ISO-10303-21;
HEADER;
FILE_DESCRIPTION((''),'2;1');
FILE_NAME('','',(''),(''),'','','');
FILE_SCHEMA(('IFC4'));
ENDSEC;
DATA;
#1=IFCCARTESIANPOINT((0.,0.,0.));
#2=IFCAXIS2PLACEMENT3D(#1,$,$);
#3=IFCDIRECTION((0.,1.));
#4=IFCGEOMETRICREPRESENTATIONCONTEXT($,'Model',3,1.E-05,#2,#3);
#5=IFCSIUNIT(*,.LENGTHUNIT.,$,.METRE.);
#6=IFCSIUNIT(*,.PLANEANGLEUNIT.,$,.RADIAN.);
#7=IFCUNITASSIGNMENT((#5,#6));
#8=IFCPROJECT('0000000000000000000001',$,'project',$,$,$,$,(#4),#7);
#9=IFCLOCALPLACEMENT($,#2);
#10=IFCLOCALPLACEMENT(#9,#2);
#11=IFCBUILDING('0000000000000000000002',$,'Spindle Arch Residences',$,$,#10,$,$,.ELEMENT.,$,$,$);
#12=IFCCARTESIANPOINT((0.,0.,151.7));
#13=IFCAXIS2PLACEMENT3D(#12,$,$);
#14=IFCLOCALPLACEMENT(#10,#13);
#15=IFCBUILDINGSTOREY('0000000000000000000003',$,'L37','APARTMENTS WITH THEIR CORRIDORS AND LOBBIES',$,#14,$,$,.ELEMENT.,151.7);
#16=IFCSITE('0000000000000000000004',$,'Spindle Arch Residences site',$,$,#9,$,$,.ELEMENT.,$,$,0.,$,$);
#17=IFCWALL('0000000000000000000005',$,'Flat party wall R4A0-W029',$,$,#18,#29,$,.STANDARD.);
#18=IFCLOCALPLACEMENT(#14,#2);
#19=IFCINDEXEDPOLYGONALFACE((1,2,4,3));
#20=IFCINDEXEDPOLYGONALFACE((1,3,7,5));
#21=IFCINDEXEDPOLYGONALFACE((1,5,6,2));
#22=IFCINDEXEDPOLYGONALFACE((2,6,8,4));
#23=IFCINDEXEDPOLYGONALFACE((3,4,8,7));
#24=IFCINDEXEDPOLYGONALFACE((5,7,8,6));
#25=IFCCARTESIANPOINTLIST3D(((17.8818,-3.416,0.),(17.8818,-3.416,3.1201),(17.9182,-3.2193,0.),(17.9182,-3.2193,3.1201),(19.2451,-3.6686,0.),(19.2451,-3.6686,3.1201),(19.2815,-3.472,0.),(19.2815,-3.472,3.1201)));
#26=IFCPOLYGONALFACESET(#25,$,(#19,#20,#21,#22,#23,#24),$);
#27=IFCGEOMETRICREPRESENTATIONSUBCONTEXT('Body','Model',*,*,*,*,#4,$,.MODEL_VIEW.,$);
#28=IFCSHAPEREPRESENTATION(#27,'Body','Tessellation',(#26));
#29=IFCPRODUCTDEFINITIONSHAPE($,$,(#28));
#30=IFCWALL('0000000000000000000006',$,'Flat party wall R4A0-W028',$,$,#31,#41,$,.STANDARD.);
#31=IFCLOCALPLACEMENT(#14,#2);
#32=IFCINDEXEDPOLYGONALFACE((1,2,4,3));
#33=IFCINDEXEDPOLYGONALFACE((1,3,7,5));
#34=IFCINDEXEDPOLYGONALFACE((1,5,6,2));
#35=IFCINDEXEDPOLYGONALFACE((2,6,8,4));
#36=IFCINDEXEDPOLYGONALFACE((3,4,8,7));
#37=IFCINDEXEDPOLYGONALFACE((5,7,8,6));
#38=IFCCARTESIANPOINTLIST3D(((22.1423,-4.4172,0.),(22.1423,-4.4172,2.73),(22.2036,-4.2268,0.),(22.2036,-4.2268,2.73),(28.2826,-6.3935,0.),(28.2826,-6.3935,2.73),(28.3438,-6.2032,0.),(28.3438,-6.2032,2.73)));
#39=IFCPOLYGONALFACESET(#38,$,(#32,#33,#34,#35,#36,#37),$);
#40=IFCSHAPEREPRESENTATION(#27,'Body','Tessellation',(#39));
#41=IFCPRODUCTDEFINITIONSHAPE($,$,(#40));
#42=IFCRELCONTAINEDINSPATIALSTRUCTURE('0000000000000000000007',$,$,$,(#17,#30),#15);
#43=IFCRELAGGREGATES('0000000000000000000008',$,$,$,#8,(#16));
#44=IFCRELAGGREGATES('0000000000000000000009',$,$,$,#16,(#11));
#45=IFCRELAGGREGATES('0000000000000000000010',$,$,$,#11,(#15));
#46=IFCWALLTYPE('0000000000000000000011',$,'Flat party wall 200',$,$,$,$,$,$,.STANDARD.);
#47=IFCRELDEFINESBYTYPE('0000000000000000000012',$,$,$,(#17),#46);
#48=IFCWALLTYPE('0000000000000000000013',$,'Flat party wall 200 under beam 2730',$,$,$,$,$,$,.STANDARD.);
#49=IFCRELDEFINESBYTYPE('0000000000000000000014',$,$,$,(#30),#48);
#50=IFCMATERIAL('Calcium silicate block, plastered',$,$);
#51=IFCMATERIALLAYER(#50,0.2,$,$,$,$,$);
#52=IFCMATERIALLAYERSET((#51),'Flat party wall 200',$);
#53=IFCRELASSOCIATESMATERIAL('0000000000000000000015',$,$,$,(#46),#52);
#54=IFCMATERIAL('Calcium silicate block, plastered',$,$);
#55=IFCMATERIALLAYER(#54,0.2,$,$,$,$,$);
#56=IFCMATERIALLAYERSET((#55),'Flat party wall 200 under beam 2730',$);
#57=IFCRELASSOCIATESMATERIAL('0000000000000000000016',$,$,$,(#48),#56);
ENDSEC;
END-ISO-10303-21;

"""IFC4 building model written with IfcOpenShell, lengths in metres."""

from ifc_helpers import new_model, si_unit, direction, frame, frame_2d, origin, place, context, subcontext, project, spatial, rectangle, extrude, material, layer, layer_set, type_object, element, save


model = new_model("IFC4")

# Units and contexts
model_context = context("Model", 3, precision=1e-05, world=origin(), true_north=direction((0.0, 1.0)))
body_context = subcontext(model_context, "Body", "Model", "MODEL_VIEW")
ifc_project = project(units=[si_unit("LENGTHUNIT", "METRE"), si_unit("PLANEANGLEUNIT", "RADIAN")], contexts=[model_context])

# Site, building, storey
site_placement = place(None, origin())
site = spatial("IfcSite", under=ifc_project, at=site_placement, Name="Spindle Arch Residences site", CompositionType="ELEMENT", RefElevation=0.0)
building_placement = place(site_placement, origin())
building = spatial("IfcBuilding", under=site, at=building_placement, Name="Spindle Arch Residences", CompositionType="ELEMENT")
storey_placement = place(building_placement, frame((0.0, 0.0, 151.7)))
storey = spatial("IfcBuildingStorey", under=building, at=storey_placement, Name="L37", Description="APARTMENTS WITH THEIR CORRIDORS AND LOBBIES", CompositionType="ELEMENT", Elevation=151.7)

# Walls
ifc_material_1 = material(Name="Calcium silicate block, plastered")
ifc_layer_1 = layer(ifc_material_1, 0.2)
ifc_layer_set_1 = layer_set([ifc_layer_1], Name="Flat party wall 200")
wall_type_1 = type_object("IfcWallType", Name="Flat party wall 200", PredefinedType="STANDARD", material=ifc_layer_set_1)
wall_1_placement = place(storey_placement, frame((17.8999, -3.3176, 0.0), z_axis=(0.0, 0.0, 1.0), x_axis=(0.983253, -0.182247, 0.0)))
element("IfcWall", 1, at=wall_1_placement, inside=storey, type_object=wall_type_1, Name="Flat party wall R4A0-W029", PredefinedType="STANDARD", context=body_context, shape_type="SweptSolid", body=[
    extrude(rectangle(XDim=1.3865, YDim=0.2, at=frame_2d((0.6934, 0.0))), origin(), (0.0, 0.0, 1.0), 3.1201),
])
ifc_material_2 = material(Name="Calcium silicate block, plastered")
ifc_layer_2 = layer(ifc_material_2, 0.2)
ifc_layer_set_2 = layer_set([ifc_layer_2], Name="Flat party wall 200 under beam 2730")
wall_type_2 = type_object("IfcWallType", Name="Flat party wall 200 under beam 2730", PredefinedType="STANDARD", material=ifc_layer_set_2)
wall_2_placement = place(storey_placement, frame((22.1731, -4.322, 0.0), z_axis=(0.0, 0.0, 1.0), x_axis=(0.951906, -0.306389, 0.0)))
element("IfcWall", 2, at=wall_2_placement, inside=storey, type_object=wall_type_2, Name="Flat party wall R4A0-W028", PredefinedType="STANDARD", context=body_context, shape_type="SweptSolid", body=[
    extrude(rectangle(XDim=6.4504, YDim=0.2, at=frame_2d((3.2251, 0.0))), origin(), (0.0, 0.0, 1.0), 2.73),
])

save(model, "model.ifc")
